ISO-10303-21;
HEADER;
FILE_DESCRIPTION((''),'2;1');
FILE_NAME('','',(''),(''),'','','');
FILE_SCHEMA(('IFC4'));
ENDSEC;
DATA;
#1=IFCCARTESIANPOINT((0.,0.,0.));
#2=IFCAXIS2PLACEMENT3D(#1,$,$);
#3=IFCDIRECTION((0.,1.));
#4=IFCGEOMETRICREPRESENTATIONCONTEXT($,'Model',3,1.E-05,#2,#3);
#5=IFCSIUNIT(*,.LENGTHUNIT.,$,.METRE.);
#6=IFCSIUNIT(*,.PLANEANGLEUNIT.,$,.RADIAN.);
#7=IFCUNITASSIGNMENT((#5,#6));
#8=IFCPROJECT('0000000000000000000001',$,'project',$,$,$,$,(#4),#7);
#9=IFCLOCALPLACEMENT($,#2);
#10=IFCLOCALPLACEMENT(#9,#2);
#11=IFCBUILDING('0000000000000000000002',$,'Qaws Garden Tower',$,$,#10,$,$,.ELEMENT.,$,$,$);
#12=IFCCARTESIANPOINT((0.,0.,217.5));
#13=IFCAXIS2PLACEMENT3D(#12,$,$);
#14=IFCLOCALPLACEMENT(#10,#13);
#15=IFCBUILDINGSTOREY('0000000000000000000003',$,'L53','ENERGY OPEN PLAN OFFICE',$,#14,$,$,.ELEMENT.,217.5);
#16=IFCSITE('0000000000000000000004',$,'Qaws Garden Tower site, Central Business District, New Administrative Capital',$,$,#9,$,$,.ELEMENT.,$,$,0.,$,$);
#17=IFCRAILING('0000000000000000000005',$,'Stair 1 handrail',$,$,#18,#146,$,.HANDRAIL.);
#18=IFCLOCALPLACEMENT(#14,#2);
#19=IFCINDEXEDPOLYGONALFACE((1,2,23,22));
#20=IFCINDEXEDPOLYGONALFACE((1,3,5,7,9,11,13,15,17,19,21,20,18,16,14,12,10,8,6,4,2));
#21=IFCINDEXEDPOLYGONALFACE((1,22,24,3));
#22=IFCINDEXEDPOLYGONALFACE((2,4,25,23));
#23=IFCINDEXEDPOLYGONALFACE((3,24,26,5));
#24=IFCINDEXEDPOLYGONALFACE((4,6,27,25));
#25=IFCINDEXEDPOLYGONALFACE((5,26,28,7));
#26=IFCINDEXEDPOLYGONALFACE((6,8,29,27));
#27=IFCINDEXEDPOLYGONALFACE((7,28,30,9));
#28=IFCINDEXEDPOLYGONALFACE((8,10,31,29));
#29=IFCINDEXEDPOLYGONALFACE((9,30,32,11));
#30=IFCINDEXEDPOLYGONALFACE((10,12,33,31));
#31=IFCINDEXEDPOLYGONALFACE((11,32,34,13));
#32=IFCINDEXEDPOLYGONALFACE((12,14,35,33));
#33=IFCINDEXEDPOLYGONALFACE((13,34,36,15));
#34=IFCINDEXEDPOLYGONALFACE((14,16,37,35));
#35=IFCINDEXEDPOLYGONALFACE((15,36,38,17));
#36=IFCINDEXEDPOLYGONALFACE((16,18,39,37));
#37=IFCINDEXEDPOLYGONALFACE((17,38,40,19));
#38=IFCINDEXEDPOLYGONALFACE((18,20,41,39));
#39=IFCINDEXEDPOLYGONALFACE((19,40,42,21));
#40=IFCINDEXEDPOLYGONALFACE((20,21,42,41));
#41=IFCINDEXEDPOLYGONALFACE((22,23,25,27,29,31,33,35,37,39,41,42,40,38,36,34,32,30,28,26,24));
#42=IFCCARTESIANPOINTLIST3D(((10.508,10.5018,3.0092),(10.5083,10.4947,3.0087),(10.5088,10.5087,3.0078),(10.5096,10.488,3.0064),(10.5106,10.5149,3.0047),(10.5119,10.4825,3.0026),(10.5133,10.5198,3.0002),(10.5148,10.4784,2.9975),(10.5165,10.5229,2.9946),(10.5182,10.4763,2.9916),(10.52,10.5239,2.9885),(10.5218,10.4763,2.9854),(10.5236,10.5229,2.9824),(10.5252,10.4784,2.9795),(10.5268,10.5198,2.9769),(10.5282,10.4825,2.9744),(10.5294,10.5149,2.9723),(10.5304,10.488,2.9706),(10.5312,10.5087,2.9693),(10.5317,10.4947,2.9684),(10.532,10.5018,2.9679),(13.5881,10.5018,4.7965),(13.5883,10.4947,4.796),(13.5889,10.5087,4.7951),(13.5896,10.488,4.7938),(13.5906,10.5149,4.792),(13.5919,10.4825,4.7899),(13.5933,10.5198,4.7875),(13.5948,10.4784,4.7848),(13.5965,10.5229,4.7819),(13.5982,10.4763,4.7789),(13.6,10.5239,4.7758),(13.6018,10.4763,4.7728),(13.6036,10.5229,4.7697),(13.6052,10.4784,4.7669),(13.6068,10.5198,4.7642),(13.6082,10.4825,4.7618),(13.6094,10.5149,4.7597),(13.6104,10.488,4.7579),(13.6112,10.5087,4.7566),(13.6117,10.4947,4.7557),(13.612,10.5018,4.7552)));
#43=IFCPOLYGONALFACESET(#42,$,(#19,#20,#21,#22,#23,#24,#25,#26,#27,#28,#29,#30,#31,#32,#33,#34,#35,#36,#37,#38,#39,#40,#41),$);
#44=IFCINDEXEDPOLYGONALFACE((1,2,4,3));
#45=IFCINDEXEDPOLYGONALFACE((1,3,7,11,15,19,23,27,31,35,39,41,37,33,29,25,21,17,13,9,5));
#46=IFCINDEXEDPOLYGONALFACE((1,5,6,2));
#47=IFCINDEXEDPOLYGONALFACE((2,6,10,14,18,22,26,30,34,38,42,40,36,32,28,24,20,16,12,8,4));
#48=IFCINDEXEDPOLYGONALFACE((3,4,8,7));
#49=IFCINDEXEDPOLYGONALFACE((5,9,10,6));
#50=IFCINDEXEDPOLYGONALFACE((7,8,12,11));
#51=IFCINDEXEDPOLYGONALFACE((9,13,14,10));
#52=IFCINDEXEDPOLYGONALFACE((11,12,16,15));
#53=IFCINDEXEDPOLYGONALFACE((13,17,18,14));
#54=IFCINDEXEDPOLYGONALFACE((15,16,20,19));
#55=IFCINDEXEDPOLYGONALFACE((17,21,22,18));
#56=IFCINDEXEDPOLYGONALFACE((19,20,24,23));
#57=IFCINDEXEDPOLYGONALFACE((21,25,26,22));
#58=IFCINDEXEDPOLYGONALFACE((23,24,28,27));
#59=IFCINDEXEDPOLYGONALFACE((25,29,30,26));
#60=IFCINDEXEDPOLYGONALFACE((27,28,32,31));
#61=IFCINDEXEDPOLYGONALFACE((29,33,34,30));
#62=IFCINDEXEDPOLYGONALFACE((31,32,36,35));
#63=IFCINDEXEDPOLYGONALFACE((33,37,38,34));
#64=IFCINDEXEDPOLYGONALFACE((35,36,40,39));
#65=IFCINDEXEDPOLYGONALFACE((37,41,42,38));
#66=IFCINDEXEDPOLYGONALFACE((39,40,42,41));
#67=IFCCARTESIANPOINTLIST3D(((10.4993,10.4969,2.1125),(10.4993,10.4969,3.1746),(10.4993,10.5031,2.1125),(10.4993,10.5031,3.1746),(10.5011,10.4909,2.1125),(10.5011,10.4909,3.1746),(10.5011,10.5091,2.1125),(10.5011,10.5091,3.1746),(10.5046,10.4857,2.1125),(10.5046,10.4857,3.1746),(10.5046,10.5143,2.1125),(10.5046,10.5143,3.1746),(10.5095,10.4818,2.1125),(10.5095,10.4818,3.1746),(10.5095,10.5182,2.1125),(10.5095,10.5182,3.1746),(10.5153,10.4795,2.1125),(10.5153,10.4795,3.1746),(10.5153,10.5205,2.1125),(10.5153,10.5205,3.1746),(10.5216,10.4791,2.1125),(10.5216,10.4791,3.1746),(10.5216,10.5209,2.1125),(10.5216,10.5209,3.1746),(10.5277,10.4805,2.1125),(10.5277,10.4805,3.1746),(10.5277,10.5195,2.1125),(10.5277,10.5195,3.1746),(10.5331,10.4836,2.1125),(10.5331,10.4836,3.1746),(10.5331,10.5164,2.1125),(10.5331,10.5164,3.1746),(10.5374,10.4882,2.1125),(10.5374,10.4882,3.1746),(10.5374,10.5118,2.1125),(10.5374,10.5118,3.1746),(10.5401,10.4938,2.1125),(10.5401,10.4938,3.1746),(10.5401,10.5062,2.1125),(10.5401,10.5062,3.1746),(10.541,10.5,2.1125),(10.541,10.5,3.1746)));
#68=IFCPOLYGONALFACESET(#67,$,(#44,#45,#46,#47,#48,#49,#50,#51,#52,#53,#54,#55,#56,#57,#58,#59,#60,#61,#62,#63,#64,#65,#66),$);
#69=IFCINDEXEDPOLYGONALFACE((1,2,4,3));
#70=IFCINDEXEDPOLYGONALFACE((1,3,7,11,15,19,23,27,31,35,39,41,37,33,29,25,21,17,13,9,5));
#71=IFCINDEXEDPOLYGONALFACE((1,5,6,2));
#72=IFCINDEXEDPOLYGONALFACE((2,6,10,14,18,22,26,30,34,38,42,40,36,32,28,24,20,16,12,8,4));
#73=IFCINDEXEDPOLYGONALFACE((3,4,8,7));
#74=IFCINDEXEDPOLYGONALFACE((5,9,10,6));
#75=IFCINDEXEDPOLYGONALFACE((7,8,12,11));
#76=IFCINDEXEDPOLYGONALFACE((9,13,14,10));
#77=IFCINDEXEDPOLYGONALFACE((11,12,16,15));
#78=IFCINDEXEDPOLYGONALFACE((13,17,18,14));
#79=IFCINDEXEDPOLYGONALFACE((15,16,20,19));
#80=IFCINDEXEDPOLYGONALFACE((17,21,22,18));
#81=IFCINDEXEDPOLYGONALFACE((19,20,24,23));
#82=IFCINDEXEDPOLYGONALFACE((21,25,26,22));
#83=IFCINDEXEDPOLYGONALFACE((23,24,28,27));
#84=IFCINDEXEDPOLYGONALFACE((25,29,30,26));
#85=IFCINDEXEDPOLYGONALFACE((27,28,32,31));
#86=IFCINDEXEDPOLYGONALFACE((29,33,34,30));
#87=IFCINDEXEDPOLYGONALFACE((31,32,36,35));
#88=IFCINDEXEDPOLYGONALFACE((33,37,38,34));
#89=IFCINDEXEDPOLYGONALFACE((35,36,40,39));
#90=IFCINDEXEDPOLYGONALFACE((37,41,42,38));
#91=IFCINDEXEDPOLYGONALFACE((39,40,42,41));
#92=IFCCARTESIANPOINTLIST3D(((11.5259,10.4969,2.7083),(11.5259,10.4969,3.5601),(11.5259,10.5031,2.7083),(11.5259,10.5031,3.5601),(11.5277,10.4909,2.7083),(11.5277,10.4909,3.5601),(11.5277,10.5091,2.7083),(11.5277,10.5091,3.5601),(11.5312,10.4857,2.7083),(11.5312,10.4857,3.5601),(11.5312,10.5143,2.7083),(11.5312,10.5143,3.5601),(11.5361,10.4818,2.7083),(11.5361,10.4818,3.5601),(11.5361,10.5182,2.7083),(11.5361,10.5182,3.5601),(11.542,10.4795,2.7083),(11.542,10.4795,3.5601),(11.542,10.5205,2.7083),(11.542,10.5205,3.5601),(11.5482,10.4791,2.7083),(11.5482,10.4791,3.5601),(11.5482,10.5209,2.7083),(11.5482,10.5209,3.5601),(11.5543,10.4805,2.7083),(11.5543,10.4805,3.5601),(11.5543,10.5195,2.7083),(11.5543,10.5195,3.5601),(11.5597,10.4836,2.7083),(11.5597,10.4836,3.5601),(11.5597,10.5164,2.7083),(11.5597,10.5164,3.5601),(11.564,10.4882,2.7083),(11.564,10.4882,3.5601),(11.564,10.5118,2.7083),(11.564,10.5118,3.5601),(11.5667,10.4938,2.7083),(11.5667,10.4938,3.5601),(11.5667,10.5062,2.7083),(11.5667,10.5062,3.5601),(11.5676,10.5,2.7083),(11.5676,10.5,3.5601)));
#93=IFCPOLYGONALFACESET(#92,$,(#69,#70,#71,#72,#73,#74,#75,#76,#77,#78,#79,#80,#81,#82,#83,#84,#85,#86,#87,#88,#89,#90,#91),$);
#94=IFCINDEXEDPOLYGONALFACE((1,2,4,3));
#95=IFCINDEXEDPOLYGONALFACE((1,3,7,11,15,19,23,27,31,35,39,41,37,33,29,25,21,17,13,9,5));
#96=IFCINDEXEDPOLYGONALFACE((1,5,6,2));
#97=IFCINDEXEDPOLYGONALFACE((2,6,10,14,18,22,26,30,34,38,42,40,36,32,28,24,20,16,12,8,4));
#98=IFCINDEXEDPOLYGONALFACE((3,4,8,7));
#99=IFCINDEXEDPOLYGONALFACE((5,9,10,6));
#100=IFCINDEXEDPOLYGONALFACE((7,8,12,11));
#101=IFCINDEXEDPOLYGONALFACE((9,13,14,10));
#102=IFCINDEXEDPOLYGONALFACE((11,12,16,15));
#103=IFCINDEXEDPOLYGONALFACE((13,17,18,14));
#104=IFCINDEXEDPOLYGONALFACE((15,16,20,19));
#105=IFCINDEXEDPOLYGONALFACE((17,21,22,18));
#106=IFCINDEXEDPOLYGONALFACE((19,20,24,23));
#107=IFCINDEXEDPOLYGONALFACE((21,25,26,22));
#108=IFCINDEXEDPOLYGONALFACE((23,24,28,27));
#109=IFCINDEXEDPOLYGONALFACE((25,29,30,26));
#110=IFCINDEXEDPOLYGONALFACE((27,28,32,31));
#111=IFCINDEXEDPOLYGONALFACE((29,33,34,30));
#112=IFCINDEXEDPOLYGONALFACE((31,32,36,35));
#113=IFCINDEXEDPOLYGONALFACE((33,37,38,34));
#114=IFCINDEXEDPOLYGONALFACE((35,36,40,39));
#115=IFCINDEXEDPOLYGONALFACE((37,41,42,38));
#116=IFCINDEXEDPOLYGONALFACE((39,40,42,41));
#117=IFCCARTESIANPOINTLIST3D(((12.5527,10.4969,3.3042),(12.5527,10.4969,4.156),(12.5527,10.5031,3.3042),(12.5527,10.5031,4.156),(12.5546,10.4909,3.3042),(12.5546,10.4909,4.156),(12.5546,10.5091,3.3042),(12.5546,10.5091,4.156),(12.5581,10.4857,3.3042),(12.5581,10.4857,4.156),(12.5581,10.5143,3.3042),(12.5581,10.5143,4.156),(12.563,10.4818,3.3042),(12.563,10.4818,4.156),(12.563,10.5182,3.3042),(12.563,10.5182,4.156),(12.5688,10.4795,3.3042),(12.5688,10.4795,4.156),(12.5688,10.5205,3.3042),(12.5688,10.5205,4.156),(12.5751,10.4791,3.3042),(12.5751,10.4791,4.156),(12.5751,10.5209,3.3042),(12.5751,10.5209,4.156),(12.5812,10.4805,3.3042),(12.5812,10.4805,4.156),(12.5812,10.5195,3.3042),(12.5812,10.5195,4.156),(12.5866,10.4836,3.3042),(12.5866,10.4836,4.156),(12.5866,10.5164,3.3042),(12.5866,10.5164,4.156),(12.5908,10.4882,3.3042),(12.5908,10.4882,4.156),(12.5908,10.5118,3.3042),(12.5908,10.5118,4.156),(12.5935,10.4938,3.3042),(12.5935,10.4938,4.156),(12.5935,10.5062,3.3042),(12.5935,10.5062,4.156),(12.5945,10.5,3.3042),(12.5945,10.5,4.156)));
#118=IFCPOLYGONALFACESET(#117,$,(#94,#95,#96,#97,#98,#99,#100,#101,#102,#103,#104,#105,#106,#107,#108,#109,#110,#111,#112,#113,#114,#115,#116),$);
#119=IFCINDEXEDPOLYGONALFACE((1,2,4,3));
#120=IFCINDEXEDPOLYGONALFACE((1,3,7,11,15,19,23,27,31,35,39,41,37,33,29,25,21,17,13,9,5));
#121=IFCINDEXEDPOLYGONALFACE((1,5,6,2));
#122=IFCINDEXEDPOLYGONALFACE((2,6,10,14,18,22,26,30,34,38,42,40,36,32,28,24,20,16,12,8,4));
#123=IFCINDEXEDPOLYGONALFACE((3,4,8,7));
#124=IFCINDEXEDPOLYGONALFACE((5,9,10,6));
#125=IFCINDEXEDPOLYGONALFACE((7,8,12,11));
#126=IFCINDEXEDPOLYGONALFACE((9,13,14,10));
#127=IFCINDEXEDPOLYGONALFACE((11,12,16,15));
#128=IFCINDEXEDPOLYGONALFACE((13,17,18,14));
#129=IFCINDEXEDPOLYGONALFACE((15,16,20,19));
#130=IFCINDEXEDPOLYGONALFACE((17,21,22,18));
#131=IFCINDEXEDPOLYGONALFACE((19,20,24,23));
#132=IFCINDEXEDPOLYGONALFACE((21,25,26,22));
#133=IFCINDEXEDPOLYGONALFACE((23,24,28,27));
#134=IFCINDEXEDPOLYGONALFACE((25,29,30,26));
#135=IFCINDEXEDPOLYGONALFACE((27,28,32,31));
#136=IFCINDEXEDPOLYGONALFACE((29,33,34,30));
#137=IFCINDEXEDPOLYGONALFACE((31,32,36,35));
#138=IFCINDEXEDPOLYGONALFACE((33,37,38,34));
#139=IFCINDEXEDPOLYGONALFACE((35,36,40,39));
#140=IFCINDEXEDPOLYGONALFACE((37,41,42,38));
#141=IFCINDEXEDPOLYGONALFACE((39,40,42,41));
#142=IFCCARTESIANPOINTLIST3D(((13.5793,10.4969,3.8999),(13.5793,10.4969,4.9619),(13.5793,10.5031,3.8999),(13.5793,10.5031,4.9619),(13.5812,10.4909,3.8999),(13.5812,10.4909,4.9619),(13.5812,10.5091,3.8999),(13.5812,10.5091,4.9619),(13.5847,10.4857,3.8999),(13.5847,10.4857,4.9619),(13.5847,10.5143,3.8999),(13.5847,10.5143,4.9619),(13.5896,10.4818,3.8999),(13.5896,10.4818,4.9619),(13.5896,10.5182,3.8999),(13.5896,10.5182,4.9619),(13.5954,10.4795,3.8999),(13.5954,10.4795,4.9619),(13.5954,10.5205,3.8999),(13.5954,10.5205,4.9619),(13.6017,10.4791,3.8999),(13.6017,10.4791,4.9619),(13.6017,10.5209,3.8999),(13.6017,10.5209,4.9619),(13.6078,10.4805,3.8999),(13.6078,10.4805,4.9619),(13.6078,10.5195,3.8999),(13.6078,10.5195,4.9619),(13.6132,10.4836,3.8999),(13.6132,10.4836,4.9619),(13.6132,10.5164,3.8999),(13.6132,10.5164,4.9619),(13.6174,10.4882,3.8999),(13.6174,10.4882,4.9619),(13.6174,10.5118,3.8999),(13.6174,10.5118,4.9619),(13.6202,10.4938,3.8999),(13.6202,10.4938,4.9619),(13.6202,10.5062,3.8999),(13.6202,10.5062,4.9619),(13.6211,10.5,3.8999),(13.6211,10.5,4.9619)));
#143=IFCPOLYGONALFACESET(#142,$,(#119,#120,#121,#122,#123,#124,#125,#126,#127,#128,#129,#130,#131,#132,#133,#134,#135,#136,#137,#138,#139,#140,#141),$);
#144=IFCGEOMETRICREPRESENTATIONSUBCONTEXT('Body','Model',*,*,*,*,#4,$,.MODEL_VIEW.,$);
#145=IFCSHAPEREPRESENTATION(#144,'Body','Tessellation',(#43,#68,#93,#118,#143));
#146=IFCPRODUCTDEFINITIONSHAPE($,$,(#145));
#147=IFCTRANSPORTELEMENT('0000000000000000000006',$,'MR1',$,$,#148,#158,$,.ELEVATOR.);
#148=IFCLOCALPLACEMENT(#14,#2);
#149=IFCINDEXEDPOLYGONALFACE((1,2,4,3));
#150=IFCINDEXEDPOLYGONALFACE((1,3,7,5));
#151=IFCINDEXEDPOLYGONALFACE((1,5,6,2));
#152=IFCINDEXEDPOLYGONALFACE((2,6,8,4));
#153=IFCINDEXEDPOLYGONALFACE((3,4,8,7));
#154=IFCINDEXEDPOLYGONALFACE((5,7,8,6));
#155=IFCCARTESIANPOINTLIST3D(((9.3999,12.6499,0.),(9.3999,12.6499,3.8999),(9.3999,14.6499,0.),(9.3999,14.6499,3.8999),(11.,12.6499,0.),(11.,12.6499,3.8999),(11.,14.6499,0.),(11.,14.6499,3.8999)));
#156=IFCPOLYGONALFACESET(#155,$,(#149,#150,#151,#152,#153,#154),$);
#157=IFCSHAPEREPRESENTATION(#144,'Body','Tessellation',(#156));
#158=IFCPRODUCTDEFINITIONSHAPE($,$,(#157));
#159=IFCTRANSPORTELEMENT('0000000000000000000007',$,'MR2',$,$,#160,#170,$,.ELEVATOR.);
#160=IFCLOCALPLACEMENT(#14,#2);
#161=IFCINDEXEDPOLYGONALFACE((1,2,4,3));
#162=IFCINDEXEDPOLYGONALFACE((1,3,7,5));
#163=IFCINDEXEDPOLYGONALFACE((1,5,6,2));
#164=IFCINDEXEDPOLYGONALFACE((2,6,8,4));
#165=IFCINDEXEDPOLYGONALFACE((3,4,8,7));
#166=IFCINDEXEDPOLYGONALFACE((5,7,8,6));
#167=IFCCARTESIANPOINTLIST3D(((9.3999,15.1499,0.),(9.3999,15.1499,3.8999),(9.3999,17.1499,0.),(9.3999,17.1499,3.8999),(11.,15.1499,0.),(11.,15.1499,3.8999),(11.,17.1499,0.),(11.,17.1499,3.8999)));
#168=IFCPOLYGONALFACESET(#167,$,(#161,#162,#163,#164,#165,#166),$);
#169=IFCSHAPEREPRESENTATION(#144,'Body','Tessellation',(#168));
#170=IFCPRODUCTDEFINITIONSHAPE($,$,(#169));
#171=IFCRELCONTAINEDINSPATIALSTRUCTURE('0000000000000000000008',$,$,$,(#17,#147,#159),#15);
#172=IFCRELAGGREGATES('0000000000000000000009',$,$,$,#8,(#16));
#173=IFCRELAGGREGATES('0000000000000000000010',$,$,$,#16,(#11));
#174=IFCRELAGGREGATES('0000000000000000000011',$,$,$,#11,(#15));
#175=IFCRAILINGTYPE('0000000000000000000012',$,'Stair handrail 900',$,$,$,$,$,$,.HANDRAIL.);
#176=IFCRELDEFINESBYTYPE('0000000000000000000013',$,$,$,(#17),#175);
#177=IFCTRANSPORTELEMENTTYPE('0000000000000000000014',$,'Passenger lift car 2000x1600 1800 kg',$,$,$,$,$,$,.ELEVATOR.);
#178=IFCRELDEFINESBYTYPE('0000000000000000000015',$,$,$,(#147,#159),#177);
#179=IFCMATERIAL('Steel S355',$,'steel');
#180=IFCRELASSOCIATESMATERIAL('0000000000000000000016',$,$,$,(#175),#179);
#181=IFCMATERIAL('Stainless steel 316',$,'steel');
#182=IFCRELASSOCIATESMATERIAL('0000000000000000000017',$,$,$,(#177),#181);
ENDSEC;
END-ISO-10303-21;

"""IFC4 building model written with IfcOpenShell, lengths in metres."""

from ifc_helpers import new_model, si_unit, direction, frame, origin, origin_2d, place, context, subcontext, project, spatial, rectangle, circle, extrude, material, type_object, element, save


model = new_model("IFC4")

# Units and contexts
model_context = context("Model", 3, precision=1e-05, world=origin(), true_north=direction((0.0, 1.0)))
body_context = subcontext(model_context, "Body", "Model", "MODEL_VIEW")
ifc_project = project(units=[si_unit("LENGTHUNIT", "METRE"), si_unit("PLANEANGLEUNIT", "RADIAN")], contexts=[model_context])

# Site, building, storey
site_placement = place(None, origin())
site = spatial("IfcSite", under=ifc_project, at=site_placement, Name="Qaws Garden Tower site, Central Business District, New Administrative Capital", CompositionType="ELEMENT", RefElevation=0.0)
building_placement = place(site_placement, origin())
building = spatial("IfcBuilding", under=site, at=building_placement, Name="Qaws Garden Tower", CompositionType="ELEMENT")
storey_placement = place(building_placement, frame((0.0, 0.0, 217.5)))
storey = spatial("IfcBuildingStorey", under=building, at=storey_placement, Name="L53", Description="ENERGY OPEN PLAN OFFICE", CompositionType="ELEMENT", Elevation=217.5)

# Railing
ifc_material_1 = material(Name="Steel S355", Category="steel")
railing_type = type_object("IfcRailingType", Name="Stair handrail 900", PredefinedType="HANDRAIL", material=ifc_material_1)
railing_1_placement = place(storey_placement, frame((10.52, 10.5, 2.1125)))
element("IfcRailing", 1, at=railing_1_placement, inside=storey, type_object=railing_type, Name="Stair 1 handrail", PredefinedType="HANDRAIL", context=body_context, shape_type="SweptSolid", body=[
    extrude(circle(Radius=0.0239, at=origin_2d()), frame((0.0, 0.0, 0.876), z_axis=(0.86492, 0.0, 0.501909), x_axis=(0.0, 1.0, 0.0)), (0.0, 0.0, 1.0), 3.561),
    extrude(circle(Radius=0.021, at=origin_2d()), origin(), (0.0, 0.0, 1.0), 1.062),
    extrude(circle(Radius=0.021, at=origin_2d()), frame((1.0266, 0.0, 0.5957)), (0.0, 0.0, 1.0), 0.8518),
    extrude(circle(Radius=0.021, at=origin_2d()), frame((2.0535, 0.0, 1.1917)), (0.0, 0.0, 1.0), 0.8518),
    extrude(circle(Radius=0.021, at=origin_2d()), frame((3.0801, 0.0, 1.7874)), (0.0, 0.0, 1.0), 1.062),
])

# Transport elements
ifc_material_2 = material(Name="Stainless steel 316", Category="steel")
transport_element_type = type_object("IfcTransportElementType", Name="Passenger lift car 2000x1600 1800 kg", PredefinedType="ELEVATOR", material=ifc_material_2)
for number, where, z_axis, x_axis, name in (
    (2, (10.2, 13.6499, 0.0), (0.0, 0.0, 1.0), (1.0, 0.0, 0.0), "MR1"),
    (3, (10.2, 16.1499, 0.0), (0.0, 0.0, 1.0), (1.0, 0.0, 0.0), "MR2"),
):
    element("IfcTransportElement", number, at=place(storey_placement, frame(where, z_axis=z_axis, x_axis=x_axis)), inside=storey, type_object=transport_element_type, Name=name, PredefinedType="ELEVATOR", context=body_context, shape_type="SweptSolid", body=[
        extrude(rectangle(XDim=1.6001, YDim=2.0, at=origin_2d()), origin(), (0.0, 0.0, 1.0), 3.8999),
    ])

save(model, "model.ifc")
